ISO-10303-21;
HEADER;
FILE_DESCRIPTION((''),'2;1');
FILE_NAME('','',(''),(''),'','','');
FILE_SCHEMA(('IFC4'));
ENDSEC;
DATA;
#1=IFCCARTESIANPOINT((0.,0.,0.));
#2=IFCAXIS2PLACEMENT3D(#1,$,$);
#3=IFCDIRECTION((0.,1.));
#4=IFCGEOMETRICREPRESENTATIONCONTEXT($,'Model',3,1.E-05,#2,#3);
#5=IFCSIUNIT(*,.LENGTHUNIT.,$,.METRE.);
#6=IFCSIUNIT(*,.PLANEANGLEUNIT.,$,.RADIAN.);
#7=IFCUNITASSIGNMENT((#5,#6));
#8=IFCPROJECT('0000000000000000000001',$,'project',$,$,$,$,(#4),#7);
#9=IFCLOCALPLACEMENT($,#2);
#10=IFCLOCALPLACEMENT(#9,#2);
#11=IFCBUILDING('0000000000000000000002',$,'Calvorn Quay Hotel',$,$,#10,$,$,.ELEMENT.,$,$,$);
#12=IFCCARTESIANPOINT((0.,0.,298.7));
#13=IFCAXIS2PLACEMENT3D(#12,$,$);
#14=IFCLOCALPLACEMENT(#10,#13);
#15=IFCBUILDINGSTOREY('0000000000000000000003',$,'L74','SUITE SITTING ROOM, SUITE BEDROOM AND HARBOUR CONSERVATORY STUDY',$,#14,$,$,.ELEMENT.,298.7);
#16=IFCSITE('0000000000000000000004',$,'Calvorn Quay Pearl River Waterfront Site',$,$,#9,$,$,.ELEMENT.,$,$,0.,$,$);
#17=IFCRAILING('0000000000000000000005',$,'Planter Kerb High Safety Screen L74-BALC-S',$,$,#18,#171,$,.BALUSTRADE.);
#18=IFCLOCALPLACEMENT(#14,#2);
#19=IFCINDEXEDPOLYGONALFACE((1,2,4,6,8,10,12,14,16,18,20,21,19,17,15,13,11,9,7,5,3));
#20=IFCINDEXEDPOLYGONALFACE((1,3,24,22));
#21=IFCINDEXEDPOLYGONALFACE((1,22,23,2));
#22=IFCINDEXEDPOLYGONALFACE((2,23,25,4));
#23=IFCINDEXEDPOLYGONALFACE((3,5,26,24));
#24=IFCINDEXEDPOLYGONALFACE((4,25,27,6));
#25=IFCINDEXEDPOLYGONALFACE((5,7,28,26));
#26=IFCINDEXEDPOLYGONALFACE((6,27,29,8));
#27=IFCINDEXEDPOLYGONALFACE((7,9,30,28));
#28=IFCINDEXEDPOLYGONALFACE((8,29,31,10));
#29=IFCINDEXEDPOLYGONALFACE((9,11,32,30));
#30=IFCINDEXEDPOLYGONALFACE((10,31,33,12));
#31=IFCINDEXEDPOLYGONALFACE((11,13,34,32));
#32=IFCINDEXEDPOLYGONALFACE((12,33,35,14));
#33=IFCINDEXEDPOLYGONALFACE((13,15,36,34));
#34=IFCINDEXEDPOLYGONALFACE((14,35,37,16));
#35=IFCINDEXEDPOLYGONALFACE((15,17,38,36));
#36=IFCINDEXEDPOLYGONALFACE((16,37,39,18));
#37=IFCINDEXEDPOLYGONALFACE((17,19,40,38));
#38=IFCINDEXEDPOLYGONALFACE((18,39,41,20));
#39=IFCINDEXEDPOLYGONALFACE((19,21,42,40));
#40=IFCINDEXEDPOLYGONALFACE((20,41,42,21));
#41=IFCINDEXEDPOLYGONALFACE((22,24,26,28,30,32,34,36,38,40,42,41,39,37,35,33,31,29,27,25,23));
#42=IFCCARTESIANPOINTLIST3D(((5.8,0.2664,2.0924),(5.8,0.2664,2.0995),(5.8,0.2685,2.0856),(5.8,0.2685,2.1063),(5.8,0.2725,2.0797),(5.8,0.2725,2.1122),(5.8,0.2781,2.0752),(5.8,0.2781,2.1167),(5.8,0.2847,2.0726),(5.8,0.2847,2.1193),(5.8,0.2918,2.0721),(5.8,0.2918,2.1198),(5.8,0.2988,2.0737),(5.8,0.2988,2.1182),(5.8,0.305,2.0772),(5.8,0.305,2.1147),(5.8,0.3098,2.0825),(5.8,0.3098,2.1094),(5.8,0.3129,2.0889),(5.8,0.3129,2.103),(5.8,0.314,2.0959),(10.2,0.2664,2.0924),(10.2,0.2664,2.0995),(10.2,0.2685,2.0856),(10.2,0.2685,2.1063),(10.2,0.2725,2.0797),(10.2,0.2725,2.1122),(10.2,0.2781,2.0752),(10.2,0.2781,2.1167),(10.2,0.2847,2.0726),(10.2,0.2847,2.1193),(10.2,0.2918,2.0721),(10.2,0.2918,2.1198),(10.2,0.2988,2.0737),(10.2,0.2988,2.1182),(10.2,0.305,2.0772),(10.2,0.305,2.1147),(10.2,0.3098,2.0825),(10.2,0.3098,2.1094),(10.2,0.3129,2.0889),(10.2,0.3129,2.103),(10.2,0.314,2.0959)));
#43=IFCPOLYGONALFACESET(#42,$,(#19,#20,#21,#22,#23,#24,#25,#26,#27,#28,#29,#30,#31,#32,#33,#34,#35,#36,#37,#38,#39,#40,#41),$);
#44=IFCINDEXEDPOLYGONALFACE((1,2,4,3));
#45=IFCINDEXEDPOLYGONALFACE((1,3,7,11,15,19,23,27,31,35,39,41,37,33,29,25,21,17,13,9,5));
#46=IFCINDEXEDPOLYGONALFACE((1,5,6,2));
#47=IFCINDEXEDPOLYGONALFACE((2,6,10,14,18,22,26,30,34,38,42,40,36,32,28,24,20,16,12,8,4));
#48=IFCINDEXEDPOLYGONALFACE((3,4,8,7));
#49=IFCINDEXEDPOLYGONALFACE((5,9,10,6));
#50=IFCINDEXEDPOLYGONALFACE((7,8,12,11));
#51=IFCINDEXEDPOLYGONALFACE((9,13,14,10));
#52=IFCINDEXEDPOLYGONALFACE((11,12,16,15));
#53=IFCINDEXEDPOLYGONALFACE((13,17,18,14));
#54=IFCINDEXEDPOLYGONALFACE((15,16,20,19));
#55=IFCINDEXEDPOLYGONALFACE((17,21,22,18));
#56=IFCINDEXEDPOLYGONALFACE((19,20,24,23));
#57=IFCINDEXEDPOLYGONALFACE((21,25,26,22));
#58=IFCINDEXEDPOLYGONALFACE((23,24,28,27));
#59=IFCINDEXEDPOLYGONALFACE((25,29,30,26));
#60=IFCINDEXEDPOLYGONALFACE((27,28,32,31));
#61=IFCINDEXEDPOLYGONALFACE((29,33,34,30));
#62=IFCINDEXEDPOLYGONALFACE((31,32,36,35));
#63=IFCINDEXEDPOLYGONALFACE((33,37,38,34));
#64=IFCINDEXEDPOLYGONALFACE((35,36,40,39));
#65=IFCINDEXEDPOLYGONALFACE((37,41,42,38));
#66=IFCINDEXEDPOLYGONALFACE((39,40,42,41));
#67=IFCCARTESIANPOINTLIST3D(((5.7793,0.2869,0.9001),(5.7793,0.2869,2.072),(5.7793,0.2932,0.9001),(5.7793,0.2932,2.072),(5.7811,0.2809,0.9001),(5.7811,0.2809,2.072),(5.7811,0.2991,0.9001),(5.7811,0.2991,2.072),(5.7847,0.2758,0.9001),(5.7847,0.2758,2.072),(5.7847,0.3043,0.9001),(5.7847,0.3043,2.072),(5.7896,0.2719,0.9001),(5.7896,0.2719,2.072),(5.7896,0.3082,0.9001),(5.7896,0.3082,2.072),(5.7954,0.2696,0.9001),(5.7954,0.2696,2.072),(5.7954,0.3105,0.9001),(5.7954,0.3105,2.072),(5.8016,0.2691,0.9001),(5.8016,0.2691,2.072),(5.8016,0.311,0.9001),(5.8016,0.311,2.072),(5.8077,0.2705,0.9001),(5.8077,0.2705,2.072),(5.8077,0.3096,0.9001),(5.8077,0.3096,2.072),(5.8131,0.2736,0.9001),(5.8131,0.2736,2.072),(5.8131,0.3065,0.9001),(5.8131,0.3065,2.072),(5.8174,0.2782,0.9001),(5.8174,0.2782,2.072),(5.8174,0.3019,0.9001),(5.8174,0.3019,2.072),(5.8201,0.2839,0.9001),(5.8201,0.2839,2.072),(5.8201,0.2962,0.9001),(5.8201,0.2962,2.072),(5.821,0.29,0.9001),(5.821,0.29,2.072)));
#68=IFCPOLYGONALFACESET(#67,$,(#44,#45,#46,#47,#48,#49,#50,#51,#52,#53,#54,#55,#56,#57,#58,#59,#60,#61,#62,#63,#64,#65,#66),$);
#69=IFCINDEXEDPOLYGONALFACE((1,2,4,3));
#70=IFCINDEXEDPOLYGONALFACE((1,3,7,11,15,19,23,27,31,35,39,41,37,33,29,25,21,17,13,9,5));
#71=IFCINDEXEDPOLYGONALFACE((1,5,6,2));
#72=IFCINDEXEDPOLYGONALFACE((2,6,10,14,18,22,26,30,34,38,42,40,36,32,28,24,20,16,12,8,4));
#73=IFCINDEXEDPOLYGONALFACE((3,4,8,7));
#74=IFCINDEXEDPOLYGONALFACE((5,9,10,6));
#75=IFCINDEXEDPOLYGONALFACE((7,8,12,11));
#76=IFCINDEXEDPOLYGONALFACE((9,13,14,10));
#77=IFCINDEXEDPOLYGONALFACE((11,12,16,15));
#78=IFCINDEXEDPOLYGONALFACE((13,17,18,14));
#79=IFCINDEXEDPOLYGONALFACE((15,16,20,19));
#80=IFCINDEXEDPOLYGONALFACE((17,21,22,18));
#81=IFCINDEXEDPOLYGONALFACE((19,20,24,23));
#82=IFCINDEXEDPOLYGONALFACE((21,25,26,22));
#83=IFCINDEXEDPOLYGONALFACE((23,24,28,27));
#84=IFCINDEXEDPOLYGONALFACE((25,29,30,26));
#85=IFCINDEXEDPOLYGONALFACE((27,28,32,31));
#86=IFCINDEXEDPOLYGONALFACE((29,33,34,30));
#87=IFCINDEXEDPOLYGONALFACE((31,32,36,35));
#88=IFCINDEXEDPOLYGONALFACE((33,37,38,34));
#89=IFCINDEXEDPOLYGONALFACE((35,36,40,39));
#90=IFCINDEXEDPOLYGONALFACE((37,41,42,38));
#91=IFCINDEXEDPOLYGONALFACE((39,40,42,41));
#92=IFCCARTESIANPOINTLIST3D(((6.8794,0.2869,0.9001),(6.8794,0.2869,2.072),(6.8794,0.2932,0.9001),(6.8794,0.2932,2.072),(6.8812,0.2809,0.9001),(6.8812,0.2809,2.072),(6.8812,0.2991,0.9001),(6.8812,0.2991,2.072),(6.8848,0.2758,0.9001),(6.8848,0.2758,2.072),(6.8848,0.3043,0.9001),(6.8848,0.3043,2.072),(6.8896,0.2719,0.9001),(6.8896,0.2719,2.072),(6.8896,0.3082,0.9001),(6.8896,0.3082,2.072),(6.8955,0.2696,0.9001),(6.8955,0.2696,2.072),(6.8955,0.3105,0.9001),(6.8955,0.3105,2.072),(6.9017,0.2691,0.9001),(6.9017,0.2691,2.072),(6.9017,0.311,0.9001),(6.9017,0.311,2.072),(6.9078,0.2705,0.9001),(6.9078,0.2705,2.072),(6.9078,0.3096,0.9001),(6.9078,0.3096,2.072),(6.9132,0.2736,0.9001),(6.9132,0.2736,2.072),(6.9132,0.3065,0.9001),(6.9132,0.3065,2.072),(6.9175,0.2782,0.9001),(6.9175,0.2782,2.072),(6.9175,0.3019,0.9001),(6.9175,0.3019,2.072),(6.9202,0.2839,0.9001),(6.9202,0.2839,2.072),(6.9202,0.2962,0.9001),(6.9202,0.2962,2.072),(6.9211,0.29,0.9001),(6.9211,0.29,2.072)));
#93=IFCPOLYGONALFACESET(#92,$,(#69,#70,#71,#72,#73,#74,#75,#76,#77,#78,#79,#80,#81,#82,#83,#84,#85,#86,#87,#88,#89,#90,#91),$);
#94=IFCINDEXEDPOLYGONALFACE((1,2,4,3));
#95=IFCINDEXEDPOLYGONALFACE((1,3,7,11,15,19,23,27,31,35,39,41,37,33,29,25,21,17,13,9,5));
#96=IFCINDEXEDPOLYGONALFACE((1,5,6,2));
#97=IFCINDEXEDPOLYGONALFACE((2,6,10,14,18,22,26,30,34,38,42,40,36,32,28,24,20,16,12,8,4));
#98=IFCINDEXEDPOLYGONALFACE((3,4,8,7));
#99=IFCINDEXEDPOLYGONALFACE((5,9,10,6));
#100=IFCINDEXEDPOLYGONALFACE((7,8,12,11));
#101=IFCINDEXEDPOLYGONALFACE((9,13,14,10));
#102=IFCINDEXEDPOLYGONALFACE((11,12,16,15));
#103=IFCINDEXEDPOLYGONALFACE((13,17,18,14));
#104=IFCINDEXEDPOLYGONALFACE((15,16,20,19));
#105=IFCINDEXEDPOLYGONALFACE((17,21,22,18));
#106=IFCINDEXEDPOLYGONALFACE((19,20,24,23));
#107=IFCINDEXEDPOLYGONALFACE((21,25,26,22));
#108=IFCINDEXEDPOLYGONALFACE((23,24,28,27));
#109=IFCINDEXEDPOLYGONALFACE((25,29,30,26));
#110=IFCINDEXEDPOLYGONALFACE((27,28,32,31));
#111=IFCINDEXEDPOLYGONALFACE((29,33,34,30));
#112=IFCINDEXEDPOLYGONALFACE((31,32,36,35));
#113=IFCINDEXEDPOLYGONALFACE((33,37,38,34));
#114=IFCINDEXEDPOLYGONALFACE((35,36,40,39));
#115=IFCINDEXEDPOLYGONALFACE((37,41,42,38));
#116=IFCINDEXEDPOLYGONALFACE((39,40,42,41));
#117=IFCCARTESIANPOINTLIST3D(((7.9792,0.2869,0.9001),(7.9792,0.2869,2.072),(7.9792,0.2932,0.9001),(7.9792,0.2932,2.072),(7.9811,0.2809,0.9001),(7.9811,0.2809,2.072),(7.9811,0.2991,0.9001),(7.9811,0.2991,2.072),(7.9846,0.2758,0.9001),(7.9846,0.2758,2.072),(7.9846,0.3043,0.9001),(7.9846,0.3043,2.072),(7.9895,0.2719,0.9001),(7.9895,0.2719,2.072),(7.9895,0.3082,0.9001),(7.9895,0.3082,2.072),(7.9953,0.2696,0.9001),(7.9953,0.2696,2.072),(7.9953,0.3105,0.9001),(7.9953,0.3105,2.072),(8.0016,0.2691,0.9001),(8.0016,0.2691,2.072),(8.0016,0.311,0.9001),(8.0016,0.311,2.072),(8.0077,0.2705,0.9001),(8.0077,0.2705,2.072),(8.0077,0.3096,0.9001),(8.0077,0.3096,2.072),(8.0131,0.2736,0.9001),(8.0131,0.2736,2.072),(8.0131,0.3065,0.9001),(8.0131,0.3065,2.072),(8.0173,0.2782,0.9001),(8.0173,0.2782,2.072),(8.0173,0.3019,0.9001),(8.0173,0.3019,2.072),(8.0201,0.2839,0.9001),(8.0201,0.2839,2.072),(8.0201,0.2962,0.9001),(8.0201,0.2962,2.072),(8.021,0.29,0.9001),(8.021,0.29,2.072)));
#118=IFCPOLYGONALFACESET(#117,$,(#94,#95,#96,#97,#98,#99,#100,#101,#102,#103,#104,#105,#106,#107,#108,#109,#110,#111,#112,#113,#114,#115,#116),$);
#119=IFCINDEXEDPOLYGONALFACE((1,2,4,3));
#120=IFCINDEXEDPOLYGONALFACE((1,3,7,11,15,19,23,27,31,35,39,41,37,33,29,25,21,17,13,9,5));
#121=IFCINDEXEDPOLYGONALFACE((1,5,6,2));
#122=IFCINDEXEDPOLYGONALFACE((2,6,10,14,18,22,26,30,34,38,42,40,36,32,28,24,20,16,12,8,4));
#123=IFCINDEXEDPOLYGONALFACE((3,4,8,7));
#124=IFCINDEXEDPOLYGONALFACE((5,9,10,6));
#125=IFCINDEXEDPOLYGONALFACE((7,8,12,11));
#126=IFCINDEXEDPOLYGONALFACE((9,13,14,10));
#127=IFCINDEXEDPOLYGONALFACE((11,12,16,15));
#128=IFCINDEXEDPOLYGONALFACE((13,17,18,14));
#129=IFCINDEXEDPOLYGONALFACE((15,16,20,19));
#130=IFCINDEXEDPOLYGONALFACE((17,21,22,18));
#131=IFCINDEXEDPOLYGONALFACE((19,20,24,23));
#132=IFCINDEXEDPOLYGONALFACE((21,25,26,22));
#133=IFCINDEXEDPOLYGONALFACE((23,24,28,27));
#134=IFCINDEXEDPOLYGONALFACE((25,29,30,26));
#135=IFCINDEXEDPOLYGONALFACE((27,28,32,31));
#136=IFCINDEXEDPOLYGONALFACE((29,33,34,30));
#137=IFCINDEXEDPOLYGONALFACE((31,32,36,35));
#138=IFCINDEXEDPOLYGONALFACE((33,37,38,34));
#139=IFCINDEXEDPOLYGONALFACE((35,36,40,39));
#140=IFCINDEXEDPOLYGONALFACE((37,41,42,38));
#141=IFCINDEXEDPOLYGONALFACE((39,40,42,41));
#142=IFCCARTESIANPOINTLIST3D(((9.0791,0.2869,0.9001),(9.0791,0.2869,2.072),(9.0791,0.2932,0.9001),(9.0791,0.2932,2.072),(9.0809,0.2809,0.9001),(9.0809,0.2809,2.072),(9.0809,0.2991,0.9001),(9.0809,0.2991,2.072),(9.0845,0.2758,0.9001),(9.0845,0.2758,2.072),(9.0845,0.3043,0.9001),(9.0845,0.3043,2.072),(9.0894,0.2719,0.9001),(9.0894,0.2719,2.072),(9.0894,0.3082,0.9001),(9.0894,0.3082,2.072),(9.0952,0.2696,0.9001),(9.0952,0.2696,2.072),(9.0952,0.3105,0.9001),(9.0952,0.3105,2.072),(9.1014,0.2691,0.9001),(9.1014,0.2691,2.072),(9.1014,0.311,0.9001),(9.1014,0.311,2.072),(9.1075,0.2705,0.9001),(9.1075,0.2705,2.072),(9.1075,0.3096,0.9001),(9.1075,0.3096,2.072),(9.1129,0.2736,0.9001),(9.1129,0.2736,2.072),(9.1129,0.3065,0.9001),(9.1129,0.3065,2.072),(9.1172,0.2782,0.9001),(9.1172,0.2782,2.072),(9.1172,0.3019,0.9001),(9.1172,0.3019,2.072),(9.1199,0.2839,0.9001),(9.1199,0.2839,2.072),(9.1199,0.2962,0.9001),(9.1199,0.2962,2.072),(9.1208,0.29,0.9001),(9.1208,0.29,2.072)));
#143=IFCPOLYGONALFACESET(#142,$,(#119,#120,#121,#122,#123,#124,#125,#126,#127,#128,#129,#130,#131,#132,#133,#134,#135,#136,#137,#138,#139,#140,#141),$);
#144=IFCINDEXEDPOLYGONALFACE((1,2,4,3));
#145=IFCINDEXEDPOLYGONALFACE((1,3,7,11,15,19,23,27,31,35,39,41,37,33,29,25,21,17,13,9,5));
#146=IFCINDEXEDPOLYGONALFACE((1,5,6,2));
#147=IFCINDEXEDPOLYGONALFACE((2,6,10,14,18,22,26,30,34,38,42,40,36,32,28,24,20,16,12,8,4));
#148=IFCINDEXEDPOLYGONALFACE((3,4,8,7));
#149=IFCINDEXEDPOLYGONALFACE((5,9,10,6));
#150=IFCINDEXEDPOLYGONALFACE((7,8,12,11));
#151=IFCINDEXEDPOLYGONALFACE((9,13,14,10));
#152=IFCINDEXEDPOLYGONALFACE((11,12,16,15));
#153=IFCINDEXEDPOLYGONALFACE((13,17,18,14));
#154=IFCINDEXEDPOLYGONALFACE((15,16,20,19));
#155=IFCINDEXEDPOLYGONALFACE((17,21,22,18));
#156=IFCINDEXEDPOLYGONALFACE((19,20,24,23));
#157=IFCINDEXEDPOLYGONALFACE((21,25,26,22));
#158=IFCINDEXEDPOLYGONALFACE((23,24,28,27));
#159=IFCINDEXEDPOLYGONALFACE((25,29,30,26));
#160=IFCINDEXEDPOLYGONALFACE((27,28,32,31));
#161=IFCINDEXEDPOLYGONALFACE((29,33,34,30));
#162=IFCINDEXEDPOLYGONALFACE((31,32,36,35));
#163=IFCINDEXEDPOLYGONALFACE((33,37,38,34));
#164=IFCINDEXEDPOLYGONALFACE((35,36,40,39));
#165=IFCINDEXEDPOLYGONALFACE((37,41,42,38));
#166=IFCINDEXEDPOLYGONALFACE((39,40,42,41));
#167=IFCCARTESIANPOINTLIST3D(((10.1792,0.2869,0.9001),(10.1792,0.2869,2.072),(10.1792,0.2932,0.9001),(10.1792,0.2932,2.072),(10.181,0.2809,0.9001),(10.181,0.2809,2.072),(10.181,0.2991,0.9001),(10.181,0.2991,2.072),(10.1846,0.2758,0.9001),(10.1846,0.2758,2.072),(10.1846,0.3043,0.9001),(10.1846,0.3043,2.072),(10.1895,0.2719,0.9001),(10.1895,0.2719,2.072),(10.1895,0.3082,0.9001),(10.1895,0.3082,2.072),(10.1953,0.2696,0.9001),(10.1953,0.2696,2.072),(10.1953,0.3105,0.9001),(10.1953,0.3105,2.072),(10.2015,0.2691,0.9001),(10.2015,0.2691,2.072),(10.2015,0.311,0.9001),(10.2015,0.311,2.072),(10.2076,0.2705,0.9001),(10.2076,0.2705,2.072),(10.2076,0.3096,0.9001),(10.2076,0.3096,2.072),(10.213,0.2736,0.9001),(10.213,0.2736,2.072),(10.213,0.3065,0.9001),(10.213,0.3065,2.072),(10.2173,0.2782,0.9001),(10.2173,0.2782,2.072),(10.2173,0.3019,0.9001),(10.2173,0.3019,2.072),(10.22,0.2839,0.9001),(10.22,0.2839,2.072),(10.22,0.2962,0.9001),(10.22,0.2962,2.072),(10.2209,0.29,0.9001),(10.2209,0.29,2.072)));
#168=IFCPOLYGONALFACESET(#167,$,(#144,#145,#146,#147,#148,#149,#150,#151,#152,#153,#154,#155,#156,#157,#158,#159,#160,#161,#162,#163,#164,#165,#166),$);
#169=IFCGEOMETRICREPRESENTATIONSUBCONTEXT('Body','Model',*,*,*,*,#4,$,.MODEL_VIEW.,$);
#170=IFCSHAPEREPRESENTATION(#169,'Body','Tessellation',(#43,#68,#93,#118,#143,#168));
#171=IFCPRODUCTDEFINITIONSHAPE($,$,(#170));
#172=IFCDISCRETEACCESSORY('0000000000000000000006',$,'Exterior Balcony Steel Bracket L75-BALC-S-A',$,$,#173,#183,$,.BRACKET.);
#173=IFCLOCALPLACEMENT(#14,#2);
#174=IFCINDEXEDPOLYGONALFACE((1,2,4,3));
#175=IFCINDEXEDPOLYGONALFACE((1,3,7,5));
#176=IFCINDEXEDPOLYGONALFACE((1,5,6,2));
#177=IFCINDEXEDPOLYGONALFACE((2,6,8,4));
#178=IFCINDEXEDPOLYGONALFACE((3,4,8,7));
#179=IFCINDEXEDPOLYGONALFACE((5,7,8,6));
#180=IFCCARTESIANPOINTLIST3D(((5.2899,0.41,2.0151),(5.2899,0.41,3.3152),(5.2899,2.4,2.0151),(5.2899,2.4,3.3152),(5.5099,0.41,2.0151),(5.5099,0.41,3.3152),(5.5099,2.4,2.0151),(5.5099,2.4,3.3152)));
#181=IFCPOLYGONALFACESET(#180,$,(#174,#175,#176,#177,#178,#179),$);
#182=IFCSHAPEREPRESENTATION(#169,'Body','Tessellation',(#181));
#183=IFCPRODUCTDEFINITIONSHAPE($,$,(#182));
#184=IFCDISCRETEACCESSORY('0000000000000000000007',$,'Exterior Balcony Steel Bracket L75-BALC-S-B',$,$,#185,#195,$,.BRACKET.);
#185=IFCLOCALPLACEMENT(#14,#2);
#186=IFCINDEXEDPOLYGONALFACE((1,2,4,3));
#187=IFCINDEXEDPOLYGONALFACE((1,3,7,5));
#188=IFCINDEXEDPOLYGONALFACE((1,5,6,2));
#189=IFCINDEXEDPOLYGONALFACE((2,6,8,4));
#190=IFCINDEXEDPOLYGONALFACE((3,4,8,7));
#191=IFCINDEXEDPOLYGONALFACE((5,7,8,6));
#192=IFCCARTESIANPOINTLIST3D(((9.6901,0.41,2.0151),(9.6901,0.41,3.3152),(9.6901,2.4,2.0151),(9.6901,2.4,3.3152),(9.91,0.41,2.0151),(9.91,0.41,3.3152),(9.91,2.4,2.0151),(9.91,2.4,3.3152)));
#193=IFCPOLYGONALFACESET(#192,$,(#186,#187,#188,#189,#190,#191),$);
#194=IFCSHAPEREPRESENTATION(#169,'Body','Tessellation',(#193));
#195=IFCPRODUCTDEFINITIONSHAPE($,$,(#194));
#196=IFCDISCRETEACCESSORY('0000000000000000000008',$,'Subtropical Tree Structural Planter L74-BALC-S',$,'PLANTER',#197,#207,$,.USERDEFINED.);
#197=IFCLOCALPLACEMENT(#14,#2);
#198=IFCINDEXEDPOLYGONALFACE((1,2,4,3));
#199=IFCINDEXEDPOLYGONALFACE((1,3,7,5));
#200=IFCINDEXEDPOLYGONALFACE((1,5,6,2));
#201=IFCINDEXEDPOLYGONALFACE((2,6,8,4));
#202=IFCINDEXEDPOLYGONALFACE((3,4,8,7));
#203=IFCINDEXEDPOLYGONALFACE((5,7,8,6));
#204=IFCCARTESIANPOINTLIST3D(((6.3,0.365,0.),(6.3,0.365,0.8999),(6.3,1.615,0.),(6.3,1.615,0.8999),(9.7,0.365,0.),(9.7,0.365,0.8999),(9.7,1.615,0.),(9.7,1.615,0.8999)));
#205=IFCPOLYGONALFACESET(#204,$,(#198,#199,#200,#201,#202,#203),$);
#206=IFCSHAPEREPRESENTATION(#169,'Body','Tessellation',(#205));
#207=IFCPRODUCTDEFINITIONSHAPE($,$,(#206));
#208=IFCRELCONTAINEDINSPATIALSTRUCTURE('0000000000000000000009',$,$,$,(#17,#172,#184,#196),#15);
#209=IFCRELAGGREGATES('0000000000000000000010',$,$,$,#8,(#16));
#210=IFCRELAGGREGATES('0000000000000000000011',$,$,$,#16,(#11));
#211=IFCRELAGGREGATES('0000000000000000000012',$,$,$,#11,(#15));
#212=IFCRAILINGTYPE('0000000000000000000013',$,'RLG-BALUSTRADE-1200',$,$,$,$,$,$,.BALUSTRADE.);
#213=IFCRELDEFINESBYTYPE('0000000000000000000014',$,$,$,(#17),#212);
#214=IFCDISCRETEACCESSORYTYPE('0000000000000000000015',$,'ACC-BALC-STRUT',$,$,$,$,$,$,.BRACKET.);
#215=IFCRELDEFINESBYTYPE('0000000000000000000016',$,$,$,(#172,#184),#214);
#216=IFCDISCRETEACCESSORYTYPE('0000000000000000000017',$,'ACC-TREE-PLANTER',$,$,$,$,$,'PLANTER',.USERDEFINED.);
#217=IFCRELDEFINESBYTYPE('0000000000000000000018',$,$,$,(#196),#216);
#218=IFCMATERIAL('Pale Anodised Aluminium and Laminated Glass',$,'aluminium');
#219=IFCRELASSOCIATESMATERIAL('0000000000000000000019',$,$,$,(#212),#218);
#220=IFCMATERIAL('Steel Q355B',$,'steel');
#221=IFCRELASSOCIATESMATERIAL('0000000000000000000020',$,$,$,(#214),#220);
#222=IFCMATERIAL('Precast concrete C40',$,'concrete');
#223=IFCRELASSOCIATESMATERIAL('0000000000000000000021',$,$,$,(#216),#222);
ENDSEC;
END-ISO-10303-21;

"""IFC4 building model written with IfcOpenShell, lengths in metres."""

from ifc_helpers import new_model, si_unit, direction, frame, origin, origin_2d, place, context, subcontext, project, spatial, rectangle, circle, extrude, material, type_object, element, save


model = new_model("IFC4")

# Units and contexts
model_context = context("Model", 3, precision=1e-05, world=origin(), true_north=direction((0.0, 1.0)))
body_context = subcontext(model_context, "Body", "Model", "MODEL_VIEW")
ifc_project = project(units=[si_unit("LENGTHUNIT", "METRE"), si_unit("PLANEANGLEUNIT", "RADIAN")], contexts=[model_context])

# Site, building, storey
site_placement = place(None, origin())
site = spatial("IfcSite", under=ifc_project, at=site_placement, Name="Calvorn Quay Pearl River Waterfront Site", CompositionType="ELEMENT", RefElevation=0.0)
building_placement = place(site_placement, origin())
building = spatial("IfcBuilding", under=site, at=building_placement, Name="Calvorn Quay Hotel", CompositionType="ELEMENT")
storey_placement = place(building_placement, frame((0.0, 0.0, 298.7)))
storey = spatial("IfcBuildingStorey", under=building, at=storey_placement, Name="L74", Description="SUITE SITTING ROOM, SUITE BEDROOM AND HARBOUR CONSERVATORY STUDY", CompositionType="ELEMENT", Elevation=298.7)

# Railing
ifc_material_1 = material(Name="Pale Anodised Aluminium and Laminated Glass", Category="aluminium")
railing_type = type_object("IfcRailingType", Name="RLG-BALUSTRADE-1200", PredefinedType="BALUSTRADE", material=ifc_material_1)
railing_1_placement = place(storey_placement, frame((5.8, 0.29, 0.9001)))
element("IfcRailing", 1, at=railing_1_placement, inside=storey, type_object=railing_type, Name="Planter Kerb High Safety Screen L74-BALC-S", PredefinedType="BALUSTRADE", context=body_context, shape_type="SweptSolid", body=[
    extrude(circle(Radius=0.0239, at=origin_2d()), frame((0.0, 0.0, 1.1958), z_axis=(1.0, 0.0, 0.0), x_axis=(0.0, 1.0, 0.0)), (0.0, 0.0, 1.0), 4.3999),
    extrude(circle(Radius=0.021, at=origin_2d()), origin(), (0.0, 0.0, 1.0), 1.1719),
    extrude(circle(Radius=0.021, at=origin_2d()), frame((1.1001, 0.0, 0.0)), (0.0, 0.0, 1.0), 1.1719),
    extrude(circle(Radius=0.021, at=origin_2d()), frame((2.2, 0.0, 0.0)), (0.0, 0.0, 1.0), 1.1719),
    extrude(circle(Radius=0.021, at=origin_2d()), frame((3.2998, 0.0, 0.0)), (0.0, 0.0, 1.0), 1.1719),
    extrude(circle(Radius=0.021, at=origin_2d()), frame((4.3999, 0.0, 0.0)), (0.0, 0.0, 1.0), 1.1719),
])

# Discrete accessories
ifc_material_2 = material(Name="Steel Q355B", Category="steel")
discrete_accessory_type_1 = type_object("IfcDiscreteAccessoryType", Name="ACC-BALC-STRUT", PredefinedType="BRACKET", material=ifc_material_2)
for number, where, z_axis, x_axis, name in (
    (2, (5.3999, 1.405, 2.0151), (0.0, 0.0, 1.0), (1.0, 0.0, 0.0), "Exterior Balcony Steel Bracket L75-BALC-S-A"),
    (3, (9.8, 1.405, 2.0151), (0.0, 0.0, 1.0), (1.0, 0.0, 0.0), "Exterior Balcony Steel Bracket L75-BALC-S-B"),
):
    element("IfcDiscreteAccessory", number, at=place(storey_placement, frame(where, z_axis=z_axis, x_axis=x_axis)), inside=storey, type_object=discrete_accessory_type_1, Name=name, PredefinedType="BRACKET", context=body_context, shape_type="SweptSolid", body=[
        extrude(rectangle(XDim=0.22, YDim=1.99, at=origin_2d()), origin(), (0.0, 0.0, 1.0), 1.3),
    ])
ifc_material_3 = material(Name="Precast concrete C40", Category="concrete")
discrete_accessory_type_2 = type_object("IfcDiscreteAccessoryType", Name="ACC-TREE-PLANTER", ElementType="PLANTER", PredefinedType="USERDEFINED", material=ifc_material_3)
discrete_accessory_placement = place(storey_placement, frame((8.0, 0.99, 0.0), z_axis=(0.0, 0.0, 1.0), x_axis=(1.0, 0.0, 0.0)))
element("IfcDiscreteAccessory", 4, at=discrete_accessory_placement, inside=storey, type_object=discrete_accessory_type_2, Name="Subtropical Tree Structural Planter L74-BALC-S", ObjectType="PLANTER", PredefinedType="USERDEFINED", context=body_context, shape_type="SweptSolid", body=[
    extrude(rectangle(XDim=3.3999, YDim=1.25, at=origin_2d()), origin(), (0.0, 0.0, 1.0), 0.8999),
])

save(model, "model.ifc")
